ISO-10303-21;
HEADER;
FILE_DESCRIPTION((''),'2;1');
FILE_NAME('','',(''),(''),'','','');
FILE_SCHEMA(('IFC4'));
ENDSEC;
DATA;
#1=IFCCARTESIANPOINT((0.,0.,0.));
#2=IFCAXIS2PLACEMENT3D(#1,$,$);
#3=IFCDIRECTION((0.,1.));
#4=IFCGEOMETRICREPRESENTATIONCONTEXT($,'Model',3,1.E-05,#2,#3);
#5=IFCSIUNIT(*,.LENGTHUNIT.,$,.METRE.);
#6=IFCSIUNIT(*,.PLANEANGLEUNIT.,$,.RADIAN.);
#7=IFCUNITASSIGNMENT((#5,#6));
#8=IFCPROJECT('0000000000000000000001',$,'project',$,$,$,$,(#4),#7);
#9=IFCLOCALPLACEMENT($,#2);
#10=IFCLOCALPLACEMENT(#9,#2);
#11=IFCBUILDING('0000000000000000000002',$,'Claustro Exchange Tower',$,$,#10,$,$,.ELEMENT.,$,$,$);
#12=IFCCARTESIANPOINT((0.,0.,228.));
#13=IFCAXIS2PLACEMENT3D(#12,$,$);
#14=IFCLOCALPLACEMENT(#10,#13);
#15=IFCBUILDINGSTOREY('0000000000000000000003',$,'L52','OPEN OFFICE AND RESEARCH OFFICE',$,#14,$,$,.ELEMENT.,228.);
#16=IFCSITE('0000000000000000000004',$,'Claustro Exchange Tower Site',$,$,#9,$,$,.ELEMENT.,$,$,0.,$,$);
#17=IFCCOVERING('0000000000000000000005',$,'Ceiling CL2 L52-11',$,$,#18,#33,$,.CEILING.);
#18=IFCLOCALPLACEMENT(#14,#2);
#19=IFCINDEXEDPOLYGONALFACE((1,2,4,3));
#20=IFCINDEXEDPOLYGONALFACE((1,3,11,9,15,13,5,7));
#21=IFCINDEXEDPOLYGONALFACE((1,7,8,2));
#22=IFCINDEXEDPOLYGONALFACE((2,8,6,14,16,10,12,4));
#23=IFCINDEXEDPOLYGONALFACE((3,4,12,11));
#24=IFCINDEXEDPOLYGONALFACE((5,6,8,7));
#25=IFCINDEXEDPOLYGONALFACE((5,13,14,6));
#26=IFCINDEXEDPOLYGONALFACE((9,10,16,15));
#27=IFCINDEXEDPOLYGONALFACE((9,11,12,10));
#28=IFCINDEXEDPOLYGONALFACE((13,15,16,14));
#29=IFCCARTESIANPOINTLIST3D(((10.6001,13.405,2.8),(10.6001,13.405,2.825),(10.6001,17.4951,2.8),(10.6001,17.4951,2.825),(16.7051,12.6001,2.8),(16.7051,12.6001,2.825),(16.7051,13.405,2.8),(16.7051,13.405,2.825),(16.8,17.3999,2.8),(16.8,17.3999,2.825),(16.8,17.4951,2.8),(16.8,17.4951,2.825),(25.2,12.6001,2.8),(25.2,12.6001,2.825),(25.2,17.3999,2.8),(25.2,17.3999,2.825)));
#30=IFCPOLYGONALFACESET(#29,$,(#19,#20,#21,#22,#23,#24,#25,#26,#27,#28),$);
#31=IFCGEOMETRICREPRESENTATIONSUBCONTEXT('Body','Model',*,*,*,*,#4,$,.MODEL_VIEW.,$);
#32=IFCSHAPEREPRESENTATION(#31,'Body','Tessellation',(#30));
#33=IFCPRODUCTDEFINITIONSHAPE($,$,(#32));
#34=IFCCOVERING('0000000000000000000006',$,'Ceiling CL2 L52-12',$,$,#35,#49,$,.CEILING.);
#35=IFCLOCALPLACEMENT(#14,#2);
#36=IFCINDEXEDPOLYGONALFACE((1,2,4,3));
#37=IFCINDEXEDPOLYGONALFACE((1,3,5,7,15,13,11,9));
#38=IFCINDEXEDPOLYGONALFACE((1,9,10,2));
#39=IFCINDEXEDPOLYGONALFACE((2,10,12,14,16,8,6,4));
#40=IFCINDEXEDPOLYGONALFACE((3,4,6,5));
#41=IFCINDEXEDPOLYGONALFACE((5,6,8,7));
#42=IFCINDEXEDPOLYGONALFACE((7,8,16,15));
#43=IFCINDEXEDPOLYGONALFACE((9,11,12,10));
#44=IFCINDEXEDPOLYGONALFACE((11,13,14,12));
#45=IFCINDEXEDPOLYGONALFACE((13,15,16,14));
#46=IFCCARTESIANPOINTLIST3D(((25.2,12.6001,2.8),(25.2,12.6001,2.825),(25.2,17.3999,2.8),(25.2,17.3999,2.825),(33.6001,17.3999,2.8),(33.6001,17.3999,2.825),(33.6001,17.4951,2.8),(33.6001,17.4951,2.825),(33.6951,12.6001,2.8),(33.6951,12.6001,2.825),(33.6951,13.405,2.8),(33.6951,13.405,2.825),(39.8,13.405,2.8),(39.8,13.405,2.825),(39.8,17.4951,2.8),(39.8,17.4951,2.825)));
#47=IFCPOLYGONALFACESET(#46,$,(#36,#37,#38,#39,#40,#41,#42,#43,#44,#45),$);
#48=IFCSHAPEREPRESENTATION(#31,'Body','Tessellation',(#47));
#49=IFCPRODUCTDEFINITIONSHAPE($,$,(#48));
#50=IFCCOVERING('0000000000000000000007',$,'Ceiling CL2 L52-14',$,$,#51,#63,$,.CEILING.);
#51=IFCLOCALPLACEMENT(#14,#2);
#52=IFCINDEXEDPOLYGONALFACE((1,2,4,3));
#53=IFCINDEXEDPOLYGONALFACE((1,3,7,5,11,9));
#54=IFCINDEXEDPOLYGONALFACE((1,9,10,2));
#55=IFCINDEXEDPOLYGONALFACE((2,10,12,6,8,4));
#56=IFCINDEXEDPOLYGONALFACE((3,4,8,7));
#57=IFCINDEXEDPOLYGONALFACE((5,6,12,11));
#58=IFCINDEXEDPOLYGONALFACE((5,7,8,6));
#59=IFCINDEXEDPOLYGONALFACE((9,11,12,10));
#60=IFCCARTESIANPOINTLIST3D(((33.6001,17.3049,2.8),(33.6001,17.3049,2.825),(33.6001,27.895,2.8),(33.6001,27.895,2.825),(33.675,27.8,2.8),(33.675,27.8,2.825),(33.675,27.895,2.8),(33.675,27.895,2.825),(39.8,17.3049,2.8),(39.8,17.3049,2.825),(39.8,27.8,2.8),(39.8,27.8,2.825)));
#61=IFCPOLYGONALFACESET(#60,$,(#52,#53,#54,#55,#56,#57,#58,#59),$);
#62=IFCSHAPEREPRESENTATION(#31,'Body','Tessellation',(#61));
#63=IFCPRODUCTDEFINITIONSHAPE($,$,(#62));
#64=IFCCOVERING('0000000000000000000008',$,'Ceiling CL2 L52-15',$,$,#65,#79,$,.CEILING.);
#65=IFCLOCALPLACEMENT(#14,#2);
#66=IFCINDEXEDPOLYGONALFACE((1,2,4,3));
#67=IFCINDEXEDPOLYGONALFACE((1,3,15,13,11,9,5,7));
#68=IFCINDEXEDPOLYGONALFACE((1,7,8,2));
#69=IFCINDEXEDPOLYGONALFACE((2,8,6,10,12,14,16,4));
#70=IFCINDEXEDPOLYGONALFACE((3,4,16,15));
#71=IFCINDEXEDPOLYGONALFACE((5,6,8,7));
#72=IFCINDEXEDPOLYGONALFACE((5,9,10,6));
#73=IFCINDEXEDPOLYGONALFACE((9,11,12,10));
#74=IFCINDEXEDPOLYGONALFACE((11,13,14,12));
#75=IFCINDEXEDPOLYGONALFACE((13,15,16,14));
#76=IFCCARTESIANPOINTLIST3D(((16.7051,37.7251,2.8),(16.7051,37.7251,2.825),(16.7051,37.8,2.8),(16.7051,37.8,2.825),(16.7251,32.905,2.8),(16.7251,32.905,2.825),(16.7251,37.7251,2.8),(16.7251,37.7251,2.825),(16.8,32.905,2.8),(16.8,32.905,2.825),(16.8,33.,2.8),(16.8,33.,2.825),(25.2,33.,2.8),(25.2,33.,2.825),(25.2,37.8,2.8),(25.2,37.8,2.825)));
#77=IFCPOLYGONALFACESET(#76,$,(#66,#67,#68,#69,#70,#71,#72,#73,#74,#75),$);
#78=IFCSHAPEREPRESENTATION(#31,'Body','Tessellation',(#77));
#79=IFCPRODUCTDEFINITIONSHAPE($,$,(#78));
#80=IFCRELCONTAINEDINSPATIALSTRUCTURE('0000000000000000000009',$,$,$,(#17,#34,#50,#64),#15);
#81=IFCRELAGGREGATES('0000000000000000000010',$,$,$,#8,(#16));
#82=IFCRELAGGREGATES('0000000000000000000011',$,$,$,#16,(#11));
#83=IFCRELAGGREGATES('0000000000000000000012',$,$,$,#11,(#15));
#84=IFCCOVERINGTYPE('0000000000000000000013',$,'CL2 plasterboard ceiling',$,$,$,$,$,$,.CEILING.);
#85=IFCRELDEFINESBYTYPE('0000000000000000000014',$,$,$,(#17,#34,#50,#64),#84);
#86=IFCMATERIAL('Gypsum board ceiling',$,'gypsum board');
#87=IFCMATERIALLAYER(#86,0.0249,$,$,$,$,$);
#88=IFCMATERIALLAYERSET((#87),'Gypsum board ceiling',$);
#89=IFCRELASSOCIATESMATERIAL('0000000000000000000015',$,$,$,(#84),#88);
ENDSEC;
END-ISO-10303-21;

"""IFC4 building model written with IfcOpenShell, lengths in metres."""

from ifc_helpers import new_model, si_unit, direction, frame, origin, place, context, subcontext, project, spatial, polyline, outline, extrude, material, layer, layer_set, type_object, element, save


model = new_model("IFC4")

# Units and contexts
model_context = context("Model", 3, precision=1e-05, world=origin(), true_north=direction((0.0, 1.0)))
body_context = subcontext(model_context, "Body", "Model", "MODEL_VIEW")
ifc_project = project(units=[si_unit("LENGTHUNIT", "METRE"), si_unit("PLANEANGLEUNIT", "RADIAN")], contexts=[model_context])

# Site, building, storey
site_placement = place(None, origin())
site = spatial("IfcSite", under=ifc_project, at=site_placement, Name="Claustro Exchange Tower Site", CompositionType="ELEMENT", RefElevation=0.0)
building_placement = place(site_placement, origin())
building = spatial("IfcBuilding", under=site, at=building_placement, Name="Claustro Exchange Tower", CompositionType="ELEMENT")
storey_placement = place(building_placement, frame((0.0, 0.0, 228.0)))
storey = spatial("IfcBuildingStorey", under=building, at=storey_placement, Name="L52", Description="OPEN OFFICE AND RESEARCH OFFICE", CompositionType="ELEMENT", Elevation=228.0)

# Coverings
ifc_material_1 = material(Name="Gypsum board ceiling", Category="gypsum board")
ifc_layer_1 = layer(ifc_material_1, 0.0249)
ifc_layer_set_1 = layer_set([ifc_layer_1], Name="Gypsum board ceiling")
covering_type_1 = type_object("IfcCoveringType", Name="CL2 plasterboard ceiling", PredefinedType="CEILING", material=ifc_layer_set_1)
covering_1_placement = place(storey_placement, frame((0.0, 0.0, 2.8)))
element("IfcCovering", 1, at=covering_1_placement, inside=storey, type_object=covering_type_1, Name="Ceiling CL2 L52-11", PredefinedType="CEILING", context=body_context, shape_type="SweptSolid", body=[
    extrude(outline(polyline([(25.2, 17.3999), (16.8, 17.3999), (16.8, 17.4951), (10.6001, 17.4951), (10.6001, 13.405), (16.7051, 13.405), (16.7051, 12.6001), (25.2, 12.6001), (25.2, 17.3999)])), origin(), (0.0, 0.0, 1.0), 0.0249),
])
covering_2_placement = place(storey_placement, frame((0.0, 0.0, 2.8)))
element("IfcCovering", 2, at=covering_2_placement, inside=storey, type_object=covering_type_1, Name="Ceiling CL2 L52-12", PredefinedType="CEILING", context=body_context, shape_type="SweptSolid", body=[
    extrude(outline(polyline([(39.8, 13.405), (39.8, 17.4951), (33.6001, 17.4951), (33.6001, 17.3999), (25.2, 17.3999), (25.2, 12.6001), (33.6951, 12.6001), (33.6951, 13.405), (39.8, 13.405)])), origin(), (0.0, 0.0, 1.0), 0.0249),
])
covering_3_placement = place(storey_placement, frame((0.0, 0.0, 2.8)))
element("IfcCovering", 3, at=covering_3_placement, inside=storey, type_object=covering_type_1, Name="Ceiling CL2 L52-14", PredefinedType="CEILING", context=body_context, shape_type="SweptSolid", body=[
    extrude(outline(polyline([(33.6001, 27.895), (33.6001, 17.3049), (39.8, 17.3049), (39.8, 27.8), (33.675, 27.8), (33.675, 27.895), (33.6001, 27.895)])), origin(), (0.0, 0.0, 1.0), 0.0249),
])
covering_4_placement = place(storey_placement, frame((0.0, 0.0, 2.8)))
element("IfcCovering", 4, at=covering_4_placement, inside=storey, type_object=covering_type_1, Name="Ceiling CL2 L52-15", PredefinedType="CEILING", context=body_context, shape_type="SweptSolid", body=[
    extrude(outline(polyline([(25.2, 37.8), (16.7051, 37.8), (16.7051, 37.7251), (16.7251, 37.7251), (16.7251, 32.905), (16.8, 32.905), (16.8, 33.0), (25.2, 33.0), (25.2, 37.8)])), origin(), (0.0, 0.0, 1.0), 0.0249),
])

save(model, "model.ifc")
